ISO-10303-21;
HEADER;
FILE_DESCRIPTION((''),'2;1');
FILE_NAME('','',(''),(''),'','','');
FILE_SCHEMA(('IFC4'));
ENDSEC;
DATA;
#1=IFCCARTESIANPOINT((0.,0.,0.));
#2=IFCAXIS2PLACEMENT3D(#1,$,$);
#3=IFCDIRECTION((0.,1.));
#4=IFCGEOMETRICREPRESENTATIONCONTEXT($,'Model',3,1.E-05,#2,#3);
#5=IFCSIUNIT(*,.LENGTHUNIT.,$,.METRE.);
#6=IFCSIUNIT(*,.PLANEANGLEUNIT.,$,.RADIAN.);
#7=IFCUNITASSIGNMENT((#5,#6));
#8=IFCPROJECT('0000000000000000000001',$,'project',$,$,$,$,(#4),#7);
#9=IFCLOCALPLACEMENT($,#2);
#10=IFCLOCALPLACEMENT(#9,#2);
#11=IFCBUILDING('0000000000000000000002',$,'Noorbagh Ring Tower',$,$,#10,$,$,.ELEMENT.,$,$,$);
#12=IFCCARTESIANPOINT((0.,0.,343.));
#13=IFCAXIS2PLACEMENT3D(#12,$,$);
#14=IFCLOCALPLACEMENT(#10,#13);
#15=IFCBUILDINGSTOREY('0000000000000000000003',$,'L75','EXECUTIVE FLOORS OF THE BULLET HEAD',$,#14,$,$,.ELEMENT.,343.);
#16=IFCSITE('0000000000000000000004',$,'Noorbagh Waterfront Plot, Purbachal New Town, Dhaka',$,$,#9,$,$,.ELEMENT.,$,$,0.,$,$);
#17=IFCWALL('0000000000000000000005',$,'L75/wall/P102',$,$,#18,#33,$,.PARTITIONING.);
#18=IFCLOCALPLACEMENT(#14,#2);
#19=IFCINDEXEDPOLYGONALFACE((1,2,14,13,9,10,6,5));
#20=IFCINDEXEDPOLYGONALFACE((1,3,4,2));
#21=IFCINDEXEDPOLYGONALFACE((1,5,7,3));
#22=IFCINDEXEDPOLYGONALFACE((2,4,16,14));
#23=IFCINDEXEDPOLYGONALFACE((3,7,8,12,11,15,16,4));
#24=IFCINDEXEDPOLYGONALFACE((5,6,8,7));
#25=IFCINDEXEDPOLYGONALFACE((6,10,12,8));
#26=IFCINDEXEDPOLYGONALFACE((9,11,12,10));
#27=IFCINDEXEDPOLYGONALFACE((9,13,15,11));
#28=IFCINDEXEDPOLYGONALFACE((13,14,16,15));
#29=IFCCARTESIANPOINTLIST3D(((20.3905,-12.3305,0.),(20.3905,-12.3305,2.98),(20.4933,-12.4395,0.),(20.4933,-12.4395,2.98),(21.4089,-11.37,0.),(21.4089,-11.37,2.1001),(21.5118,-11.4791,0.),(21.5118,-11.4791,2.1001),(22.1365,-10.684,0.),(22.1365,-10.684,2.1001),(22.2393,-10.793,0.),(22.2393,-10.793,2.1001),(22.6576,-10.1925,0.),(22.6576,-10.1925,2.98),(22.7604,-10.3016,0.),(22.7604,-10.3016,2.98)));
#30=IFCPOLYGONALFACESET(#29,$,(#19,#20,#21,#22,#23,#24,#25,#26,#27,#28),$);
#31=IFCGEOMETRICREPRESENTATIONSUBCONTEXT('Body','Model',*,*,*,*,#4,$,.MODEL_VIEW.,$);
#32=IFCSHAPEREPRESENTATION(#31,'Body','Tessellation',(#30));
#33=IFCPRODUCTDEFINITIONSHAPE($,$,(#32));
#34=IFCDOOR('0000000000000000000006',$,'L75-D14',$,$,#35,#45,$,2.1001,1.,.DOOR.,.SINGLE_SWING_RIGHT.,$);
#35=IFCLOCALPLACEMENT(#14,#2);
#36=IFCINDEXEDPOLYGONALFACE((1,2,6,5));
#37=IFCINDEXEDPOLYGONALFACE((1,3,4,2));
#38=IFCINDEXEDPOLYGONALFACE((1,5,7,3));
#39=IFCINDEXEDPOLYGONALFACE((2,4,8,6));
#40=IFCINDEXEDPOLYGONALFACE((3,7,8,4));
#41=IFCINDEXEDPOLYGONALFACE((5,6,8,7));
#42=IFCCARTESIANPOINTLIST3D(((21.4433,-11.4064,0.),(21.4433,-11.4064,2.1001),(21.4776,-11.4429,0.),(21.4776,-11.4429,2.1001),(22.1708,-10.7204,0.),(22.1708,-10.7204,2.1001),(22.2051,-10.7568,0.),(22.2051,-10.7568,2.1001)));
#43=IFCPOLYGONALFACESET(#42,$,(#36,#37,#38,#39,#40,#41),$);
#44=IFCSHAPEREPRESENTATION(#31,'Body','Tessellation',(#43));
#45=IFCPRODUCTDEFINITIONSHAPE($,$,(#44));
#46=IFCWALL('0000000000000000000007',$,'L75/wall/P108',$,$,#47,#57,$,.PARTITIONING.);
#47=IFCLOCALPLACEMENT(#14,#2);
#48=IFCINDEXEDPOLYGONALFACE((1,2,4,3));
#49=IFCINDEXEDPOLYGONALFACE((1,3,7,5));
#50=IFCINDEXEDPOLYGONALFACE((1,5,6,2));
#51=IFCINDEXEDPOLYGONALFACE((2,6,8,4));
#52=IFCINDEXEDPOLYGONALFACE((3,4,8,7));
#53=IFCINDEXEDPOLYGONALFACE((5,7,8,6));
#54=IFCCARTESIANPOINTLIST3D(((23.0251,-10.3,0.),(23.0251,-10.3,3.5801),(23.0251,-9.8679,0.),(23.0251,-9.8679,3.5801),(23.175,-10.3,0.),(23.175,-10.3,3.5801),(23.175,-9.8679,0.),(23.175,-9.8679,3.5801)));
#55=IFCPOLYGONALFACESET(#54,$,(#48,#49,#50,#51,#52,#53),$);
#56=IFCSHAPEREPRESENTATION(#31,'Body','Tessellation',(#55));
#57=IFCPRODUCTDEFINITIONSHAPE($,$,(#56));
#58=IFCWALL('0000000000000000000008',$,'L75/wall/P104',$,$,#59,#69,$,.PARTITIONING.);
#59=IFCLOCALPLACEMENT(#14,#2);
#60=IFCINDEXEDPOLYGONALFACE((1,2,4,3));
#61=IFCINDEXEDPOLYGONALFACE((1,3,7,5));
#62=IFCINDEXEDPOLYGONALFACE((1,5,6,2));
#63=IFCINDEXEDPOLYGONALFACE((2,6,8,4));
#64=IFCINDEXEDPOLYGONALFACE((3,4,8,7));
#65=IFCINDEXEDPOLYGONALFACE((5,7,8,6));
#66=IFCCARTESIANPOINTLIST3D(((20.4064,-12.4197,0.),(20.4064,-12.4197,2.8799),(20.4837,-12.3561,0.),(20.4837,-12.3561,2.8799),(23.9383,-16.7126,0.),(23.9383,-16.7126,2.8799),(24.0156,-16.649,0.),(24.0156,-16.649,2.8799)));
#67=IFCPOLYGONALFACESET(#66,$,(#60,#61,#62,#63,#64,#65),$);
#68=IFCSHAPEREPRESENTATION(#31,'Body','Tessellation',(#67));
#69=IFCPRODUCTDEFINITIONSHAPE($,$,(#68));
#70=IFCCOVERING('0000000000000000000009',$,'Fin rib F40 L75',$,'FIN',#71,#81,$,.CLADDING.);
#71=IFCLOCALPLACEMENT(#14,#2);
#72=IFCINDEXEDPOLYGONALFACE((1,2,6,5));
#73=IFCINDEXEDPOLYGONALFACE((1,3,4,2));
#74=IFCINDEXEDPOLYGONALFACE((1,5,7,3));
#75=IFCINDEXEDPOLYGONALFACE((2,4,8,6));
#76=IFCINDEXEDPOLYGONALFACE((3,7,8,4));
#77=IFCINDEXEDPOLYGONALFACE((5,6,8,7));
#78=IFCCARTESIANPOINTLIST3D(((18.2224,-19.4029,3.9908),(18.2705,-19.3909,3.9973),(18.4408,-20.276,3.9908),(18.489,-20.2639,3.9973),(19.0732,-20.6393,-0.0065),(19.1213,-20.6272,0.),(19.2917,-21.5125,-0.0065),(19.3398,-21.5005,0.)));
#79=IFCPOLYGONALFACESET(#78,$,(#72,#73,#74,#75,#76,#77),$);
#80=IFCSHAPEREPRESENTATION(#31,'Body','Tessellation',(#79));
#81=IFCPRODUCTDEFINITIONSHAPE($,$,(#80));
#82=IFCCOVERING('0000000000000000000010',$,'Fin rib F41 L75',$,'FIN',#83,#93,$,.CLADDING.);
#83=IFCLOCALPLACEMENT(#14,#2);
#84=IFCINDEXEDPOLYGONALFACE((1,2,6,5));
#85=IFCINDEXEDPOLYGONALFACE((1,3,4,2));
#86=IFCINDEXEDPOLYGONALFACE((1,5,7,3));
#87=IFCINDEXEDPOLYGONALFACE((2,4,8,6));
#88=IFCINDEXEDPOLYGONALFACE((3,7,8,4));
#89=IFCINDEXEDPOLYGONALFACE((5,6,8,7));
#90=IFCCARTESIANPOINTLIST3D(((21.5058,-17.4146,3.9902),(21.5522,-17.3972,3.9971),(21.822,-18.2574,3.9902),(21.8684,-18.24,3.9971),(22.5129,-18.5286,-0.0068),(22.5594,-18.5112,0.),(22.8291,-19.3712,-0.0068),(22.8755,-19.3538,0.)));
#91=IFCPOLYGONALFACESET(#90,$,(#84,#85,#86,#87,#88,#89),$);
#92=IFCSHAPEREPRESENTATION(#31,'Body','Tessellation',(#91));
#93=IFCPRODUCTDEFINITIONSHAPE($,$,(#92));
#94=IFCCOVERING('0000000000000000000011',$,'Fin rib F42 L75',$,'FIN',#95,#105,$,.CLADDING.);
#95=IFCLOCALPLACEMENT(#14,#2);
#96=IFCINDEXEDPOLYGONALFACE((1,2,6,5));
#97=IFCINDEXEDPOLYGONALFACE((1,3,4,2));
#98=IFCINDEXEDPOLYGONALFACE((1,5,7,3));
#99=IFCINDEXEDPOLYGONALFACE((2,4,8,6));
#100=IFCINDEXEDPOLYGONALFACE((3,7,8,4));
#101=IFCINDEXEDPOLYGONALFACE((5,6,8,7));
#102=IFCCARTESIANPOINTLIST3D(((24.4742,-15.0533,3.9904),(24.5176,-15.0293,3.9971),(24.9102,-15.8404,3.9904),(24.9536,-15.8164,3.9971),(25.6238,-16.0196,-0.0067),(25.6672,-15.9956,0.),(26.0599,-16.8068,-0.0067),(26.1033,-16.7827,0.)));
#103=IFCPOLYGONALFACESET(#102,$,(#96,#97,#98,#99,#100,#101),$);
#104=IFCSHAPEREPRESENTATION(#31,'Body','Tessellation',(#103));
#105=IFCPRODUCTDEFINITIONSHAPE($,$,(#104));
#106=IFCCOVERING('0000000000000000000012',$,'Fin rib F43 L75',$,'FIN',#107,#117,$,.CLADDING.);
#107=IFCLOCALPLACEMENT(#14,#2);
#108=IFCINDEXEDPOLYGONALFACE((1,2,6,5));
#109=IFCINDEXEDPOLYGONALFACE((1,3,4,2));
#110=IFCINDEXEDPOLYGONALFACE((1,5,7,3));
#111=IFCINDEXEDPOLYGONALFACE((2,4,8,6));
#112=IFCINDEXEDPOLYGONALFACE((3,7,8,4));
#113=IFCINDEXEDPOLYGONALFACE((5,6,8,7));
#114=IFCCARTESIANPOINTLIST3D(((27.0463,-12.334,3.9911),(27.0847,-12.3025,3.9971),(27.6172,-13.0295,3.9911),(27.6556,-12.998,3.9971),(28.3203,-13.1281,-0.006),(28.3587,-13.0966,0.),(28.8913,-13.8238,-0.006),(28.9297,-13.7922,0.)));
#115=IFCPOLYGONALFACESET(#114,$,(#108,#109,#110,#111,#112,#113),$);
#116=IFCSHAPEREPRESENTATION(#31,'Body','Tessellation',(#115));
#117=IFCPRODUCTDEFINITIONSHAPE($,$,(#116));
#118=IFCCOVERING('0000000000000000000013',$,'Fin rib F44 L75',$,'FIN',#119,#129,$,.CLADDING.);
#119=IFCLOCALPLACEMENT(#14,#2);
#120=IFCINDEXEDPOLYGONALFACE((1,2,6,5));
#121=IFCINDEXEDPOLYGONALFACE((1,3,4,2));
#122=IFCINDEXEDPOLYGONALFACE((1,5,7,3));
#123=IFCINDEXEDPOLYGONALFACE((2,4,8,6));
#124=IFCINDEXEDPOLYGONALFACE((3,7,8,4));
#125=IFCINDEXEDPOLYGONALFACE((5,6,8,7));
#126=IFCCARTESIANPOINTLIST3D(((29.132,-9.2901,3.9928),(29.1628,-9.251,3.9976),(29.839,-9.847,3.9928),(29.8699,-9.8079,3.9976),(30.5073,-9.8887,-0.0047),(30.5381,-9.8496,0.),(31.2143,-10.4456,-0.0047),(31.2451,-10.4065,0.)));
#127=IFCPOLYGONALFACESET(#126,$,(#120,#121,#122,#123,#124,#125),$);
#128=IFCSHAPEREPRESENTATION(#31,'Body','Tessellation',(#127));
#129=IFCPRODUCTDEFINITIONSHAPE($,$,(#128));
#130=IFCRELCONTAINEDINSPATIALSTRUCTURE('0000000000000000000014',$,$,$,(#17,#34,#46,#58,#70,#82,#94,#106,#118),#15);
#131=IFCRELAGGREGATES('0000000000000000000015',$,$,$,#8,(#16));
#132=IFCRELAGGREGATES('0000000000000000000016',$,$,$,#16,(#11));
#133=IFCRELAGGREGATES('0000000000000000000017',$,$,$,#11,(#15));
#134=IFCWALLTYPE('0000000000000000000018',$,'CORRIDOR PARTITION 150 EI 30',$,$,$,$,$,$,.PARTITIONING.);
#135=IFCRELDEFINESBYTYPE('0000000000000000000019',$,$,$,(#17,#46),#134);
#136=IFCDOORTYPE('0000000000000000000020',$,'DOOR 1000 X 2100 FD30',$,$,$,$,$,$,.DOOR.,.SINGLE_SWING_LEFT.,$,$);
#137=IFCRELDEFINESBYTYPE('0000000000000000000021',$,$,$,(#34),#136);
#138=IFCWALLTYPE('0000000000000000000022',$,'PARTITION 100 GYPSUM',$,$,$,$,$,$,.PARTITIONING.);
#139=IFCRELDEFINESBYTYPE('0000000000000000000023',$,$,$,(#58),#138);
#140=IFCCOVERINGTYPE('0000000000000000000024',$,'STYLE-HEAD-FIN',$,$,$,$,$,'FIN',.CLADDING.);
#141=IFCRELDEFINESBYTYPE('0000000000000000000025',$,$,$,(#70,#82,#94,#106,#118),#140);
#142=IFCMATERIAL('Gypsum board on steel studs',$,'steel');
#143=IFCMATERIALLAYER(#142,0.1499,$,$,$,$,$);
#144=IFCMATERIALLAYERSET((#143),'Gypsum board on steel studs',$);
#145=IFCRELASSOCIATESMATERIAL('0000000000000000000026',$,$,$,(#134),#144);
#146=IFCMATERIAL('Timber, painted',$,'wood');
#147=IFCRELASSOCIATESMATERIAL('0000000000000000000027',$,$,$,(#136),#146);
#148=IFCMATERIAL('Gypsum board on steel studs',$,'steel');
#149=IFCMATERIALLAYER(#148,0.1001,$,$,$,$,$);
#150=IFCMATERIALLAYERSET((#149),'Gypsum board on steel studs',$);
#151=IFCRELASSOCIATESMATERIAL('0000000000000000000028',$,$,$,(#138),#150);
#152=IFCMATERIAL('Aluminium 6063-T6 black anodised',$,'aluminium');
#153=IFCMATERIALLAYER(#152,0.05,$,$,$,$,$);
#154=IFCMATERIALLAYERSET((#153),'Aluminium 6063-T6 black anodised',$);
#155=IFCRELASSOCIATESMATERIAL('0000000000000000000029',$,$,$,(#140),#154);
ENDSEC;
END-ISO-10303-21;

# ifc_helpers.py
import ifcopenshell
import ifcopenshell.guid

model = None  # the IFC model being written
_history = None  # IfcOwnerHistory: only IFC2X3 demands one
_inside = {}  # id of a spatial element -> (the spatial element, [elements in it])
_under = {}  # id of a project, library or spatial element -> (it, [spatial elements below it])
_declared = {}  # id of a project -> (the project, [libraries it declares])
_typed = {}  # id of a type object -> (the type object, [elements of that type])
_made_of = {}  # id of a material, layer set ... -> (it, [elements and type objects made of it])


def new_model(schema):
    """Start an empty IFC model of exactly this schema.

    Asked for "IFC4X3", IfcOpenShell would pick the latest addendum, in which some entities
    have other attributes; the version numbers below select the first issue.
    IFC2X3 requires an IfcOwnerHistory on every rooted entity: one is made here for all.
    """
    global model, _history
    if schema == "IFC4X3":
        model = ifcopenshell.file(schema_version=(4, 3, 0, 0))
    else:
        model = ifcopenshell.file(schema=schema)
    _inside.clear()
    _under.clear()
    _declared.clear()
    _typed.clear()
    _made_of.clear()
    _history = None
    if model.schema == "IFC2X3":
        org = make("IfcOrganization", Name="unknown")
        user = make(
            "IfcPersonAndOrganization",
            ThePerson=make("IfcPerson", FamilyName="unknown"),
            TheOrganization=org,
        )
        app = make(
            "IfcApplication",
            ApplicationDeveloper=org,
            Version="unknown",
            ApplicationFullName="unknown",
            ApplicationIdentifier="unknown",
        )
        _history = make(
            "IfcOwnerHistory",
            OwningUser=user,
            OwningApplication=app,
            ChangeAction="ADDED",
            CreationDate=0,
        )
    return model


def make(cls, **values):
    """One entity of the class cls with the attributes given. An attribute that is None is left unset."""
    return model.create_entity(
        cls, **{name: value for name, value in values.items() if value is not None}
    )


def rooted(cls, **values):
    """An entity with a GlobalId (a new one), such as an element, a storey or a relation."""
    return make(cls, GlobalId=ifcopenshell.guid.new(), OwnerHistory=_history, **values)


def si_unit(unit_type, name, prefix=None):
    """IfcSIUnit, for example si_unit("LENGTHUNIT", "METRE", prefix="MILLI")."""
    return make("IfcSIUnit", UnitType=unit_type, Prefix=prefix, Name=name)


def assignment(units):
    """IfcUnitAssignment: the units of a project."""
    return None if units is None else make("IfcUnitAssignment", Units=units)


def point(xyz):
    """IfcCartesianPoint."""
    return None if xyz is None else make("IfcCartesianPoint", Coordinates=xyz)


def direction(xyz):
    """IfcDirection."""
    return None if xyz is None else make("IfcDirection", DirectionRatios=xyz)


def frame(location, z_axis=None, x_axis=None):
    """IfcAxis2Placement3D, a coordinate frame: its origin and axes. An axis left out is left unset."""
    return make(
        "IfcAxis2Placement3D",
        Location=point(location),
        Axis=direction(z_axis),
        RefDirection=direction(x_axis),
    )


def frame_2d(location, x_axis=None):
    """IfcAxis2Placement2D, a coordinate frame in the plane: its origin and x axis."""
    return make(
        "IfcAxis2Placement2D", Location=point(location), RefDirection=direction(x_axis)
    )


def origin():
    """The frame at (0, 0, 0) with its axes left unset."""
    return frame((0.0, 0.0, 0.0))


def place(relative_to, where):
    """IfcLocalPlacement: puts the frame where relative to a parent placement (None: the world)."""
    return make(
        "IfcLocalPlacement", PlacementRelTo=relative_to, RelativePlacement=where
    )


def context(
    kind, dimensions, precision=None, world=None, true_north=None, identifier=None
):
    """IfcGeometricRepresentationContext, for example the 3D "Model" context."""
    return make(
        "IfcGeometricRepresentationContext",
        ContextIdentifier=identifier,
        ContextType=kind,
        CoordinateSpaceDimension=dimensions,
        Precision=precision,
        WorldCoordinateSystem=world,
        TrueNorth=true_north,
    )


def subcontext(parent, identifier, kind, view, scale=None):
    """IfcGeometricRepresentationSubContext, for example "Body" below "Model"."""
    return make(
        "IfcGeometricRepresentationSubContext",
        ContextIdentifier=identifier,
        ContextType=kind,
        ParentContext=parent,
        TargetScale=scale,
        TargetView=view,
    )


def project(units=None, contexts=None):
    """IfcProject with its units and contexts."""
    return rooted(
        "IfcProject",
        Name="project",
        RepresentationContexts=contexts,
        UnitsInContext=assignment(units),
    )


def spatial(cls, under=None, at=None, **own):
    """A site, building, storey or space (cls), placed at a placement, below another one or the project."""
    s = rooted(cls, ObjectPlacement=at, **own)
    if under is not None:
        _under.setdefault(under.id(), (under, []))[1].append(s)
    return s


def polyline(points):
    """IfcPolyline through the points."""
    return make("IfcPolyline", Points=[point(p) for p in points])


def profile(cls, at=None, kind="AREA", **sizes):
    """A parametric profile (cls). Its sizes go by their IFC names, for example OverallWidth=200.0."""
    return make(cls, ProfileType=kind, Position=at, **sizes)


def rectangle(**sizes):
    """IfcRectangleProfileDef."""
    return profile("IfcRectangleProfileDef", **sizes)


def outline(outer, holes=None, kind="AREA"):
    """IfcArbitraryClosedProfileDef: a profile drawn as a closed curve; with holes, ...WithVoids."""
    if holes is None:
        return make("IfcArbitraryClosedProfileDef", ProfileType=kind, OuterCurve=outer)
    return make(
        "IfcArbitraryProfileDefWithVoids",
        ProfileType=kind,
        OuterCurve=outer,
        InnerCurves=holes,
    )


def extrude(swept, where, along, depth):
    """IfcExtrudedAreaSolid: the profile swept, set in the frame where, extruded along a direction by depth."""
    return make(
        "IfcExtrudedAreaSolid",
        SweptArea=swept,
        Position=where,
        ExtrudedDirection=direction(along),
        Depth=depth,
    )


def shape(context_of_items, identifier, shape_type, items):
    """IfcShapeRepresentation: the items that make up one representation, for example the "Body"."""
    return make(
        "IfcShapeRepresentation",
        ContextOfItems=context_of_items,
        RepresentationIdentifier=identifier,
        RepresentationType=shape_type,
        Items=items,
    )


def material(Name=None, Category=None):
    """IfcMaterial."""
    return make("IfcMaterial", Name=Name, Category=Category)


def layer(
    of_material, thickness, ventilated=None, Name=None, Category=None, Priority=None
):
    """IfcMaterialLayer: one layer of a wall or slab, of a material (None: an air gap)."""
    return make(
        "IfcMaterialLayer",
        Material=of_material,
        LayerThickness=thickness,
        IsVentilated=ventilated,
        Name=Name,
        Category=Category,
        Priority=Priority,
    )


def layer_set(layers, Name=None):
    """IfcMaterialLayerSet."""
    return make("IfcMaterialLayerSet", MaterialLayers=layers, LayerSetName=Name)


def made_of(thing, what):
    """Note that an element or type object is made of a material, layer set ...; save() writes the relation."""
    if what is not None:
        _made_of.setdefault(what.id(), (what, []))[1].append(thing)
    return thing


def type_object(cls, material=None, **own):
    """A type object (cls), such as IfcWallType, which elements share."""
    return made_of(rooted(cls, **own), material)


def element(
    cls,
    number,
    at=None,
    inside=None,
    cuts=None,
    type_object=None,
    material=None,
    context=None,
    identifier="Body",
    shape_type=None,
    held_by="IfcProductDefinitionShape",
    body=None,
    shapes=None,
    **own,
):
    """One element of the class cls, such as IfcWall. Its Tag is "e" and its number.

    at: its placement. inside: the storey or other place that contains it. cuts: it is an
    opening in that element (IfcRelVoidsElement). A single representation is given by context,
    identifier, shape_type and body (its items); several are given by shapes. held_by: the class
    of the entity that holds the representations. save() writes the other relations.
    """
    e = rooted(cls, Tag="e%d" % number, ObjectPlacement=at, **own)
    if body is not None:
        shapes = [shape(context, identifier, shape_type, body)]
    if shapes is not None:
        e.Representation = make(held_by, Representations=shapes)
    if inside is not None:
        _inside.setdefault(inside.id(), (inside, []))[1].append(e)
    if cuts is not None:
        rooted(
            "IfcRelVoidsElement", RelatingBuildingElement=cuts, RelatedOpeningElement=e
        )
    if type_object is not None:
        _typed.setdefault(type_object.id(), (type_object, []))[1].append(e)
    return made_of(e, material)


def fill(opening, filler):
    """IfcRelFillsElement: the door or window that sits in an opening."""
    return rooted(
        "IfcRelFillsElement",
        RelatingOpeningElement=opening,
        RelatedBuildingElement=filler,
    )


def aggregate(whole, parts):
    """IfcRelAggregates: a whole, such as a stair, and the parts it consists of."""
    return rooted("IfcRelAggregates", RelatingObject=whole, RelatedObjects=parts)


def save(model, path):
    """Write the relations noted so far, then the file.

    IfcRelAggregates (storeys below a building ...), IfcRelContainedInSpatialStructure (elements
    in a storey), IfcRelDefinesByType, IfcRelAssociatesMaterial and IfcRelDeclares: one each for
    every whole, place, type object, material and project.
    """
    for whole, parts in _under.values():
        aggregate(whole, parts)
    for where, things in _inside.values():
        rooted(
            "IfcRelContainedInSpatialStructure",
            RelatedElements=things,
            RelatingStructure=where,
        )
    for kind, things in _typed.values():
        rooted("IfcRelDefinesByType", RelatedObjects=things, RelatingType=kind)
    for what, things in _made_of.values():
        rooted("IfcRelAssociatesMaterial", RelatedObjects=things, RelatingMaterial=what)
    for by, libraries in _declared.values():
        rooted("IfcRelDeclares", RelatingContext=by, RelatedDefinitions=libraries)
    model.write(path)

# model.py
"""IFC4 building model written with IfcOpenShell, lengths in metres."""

from ifc_helpers import new_model, si_unit, direction, frame, frame_2d, origin, place, context, subcontext, project, spatial, polyline, rectangle, outline, extrude, material, layer, layer_set, type_object, element, fill, save


model = new_model("IFC4")

# Units and contexts
model_context = context("Model", 3, precision=1e-05, world=origin(), true_north=direction((0.0, 1.0)))
body_context = subcontext(model_context, "Body", "Model", "MODEL_VIEW")
ifc_project = project(units=[si_unit("LENGTHUNIT", "METRE"), si_unit("PLANEANGLEUNIT", "RADIAN")], contexts=[model_context])

# Site, building, storey
site_placement = place(None, origin())
site = spatial("IfcSite", under=ifc_project, at=site_placement, Name="Noorbagh Waterfront Plot, Purbachal New Town, Dhaka", CompositionType="ELEMENT", RefElevation=0.0)
building_placement = place(site_placement, origin())
building = spatial("IfcBuilding", under=site, at=building_placement, Name="Noorbagh Ring Tower", CompositionType="ELEMENT")
storey_placement = place(building_placement, frame((0.0, 0.0, 343.0)))
storey = spatial("IfcBuildingStorey", under=building, at=storey_placement, Name="L75", Description="EXECUTIVE FLOORS OF THE BULLET HEAD", CompositionType="ELEMENT", Elevation=343.0)

# Shared definitions
ifc_material_1 = material(Name="Gypsum board on steel studs", Category="steel")
ifc_layer_1 = layer(ifc_material_1, 0.1499)
ifc_layer_set_1 = layer_set([ifc_layer_1], Name="Gypsum board on steel studs")
wall_type_1 = type_object("IfcWallType", Name="CORRIDOR PARTITION 150 EI 30", PredefinedType="PARTITIONING", material=ifc_layer_set_1)

# Wall, opening, door
wall_1_placement = place(storey_placement, frame((20.4419, -12.385, 0.0), z_axis=(0.0, 0.0, 1.0), x_axis=(0.727526, 0.68608, 0.0)))
wall_1 = element("IfcWall", 1, at=wall_1_placement, inside=storey, type_object=wall_type_1, Name="L75/wall/P102", PredefinedType="PARTITIONING", context=body_context, shape_type="SweptSolid", body=[
    extrude(rectangle(XDim=3.1162, YDim=0.1499, at=frame_2d((1.5581, 0.0))), origin(), (0.0, 0.0, 1.0), 2.98),
])
opening_placement = place(wall_1_placement, frame((1.3999, 0.0, 0.0)))
opening = element("IfcOpeningElement", 2, at=opening_placement, cuts=wall_1, PredefinedType="OPENING", context=body_context, shape_type="SweptSolid", body=[
    extrude(rectangle(XDim=1.0, YDim=2.1001, at=frame_2d((0.5, 1.05))), frame((0.0, 0.085, 0.0), z_axis=(0.0, -1.0, 0.0), x_axis=(1.0, 0.0, 0.0)), (0.0, 0.0, 1.0), 0.1699),
])
ifc_material_2 = material(Name="Timber, painted", Category="wood")
door_type = type_object("IfcDoorType", Name="DOOR 1000 X 2100 FD30", OperationType="SINGLE_SWING_LEFT", PredefinedType="DOOR", material=ifc_material_2)
door_placement = place(opening_placement, origin())
door = element("IfcDoor", 3, at=door_placement, inside=storey, type_object=door_type, Name="L75-D14", OperationType="SINGLE_SWING_RIGHT", OverallHeight=2.1001, OverallWidth=1.0, PredefinedType="DOOR", context=body_context, shape_type="SweptSolid", body=[
    extrude(rectangle(XDim=1.0, YDim=2.1001, at=frame_2d((0.5, 1.05))), frame((0.0, 0.0249, 0.0), z_axis=(0.0, -1.0, 0.0), x_axis=(1.0, 0.0, 0.0)), (0.0, 0.0, 1.0), 0.05),
])
fill(opening, door)

# Walls
wall_2_placement = place(storey_placement, frame((23.1001, -10.3, 0.0), z_axis=(0.0, 0.0, 1.0), x_axis=(0.0, 1.0, 0.0)))
element("IfcWall", 4, at=wall_2_placement, inside=storey, type_object=wall_type_1, Name="L75/wall/P108", PredefinedType="PARTITIONING", context=body_context, shape_type="SweptSolid", body=[
    extrude(rectangle(XDim=0.4321, YDim=0.1499, at=frame_2d((0.2161, 0.0))), origin(), (0.0, 0.0, 1.0), 3.5801),
])
ifc_material_3 = material(Name="Gypsum board on steel studs", Category="steel")
ifc_layer_2 = layer(ifc_material_3, 0.1001)
ifc_layer_set_2 = layer_set([ifc_layer_2], Name="Gypsum board on steel studs")
wall_type_2 = type_object("IfcWallType", Name="PARTITION 100 GYPSUM", PredefinedType="PARTITIONING", material=ifc_layer_set_2)
wall_3_placement = place(storey_placement, frame((20.4451, -12.3879, 0.0), z_axis=(0.0, 0.0, 1.0), x_axis=(0.635342, -0.772231, 0.0)))
element("IfcWall", 5, at=wall_3_placement, inside=storey, type_object=wall_type_2, Name="L75/wall/P104", PredefinedType="PARTITIONING", context=body_context, shape_type="SweptSolid", body=[
    extrude(rectangle(XDim=5.5591, YDim=0.1001, at=frame_2d((2.7795, 0.0))), origin(), (0.0, 0.0, 1.0), 2.8799),
])

# Coverings
ifc_material_4 = material(Name="Aluminium 6063-T6 black anodised", Category="aluminium")
ifc_layer_3 = layer(ifc_material_4, 0.05)
ifc_layer_set_3 = layer_set([ifc_layer_3], Name="Aluminium 6063-T6 black anodised")
covering_type_1 = type_object("IfcCoveringType", Name="STYLE-HEAD-FIN", ElementType="FIN", PredefinedType="CLADDING", material=ifc_layer_set_3)
covering_1_placement = place(storey_placement, frame((19.3398, -21.5005, 0.0), z_axis=(0.96182, 0.24069, 0.130273), x_axis=(-0.199272, 0.289604, 0.936173)))
element("IfcCovering", 6, at=covering_1_placement, inside=storey, type_object=covering_type_1, Name="Fin rib F40 L75", ObjectType="FIN", PredefinedType="CLADDING", context=body_context, shape_type="SweptSolid", body=[
    extrude(outline(polyline([(0.0, 0.0), (4.2698, 0.0), (4.5662, -0.8498), (0.2965, -0.85), (0.0, 0.0)])), origin(), (0.0, 0.0, -1.0), 0.05),
])
covering_2_placement = place(storey_placement, frame((22.8755, -19.3538, 0.0), z_axis=(0.927478, 0.347989, 0.136706), x_axis=(-0.235851, 0.260851, 0.936125)))
element("IfcCovering", 7, at=covering_2_placement, inside=storey, type_object=covering_type_1, Name="Fin rib F41 L75", ObjectType="FIN", PredefinedType="CLADDING", context=body_context, shape_type="SweptSolid", body=[
    extrude(outline(polyline([(0.0, 0.0), (4.2698, 0.0), (4.5642, -0.8506), (0.2943, -0.8504), (0.0, 0.0)])), origin(), (0.0, 0.0, -1.0), 0.05),
])
covering_3_placement = place(storey_placement, frame((26.1033, -16.7827, 0.0), z_axis=(0.866945, 0.480262, 0.13325), x_axis=(-0.269247, 0.226307, 0.936104)))
element("IfcCovering", 8, at=covering_3_placement, inside=storey, type_object=covering_type_1, Name="Fin rib F42 L75", ObjectType="FIN", PredefinedType="CLADDING", context=body_context, shape_type="SweptSolid", body=[
    extrude(outline(polyline([(0.0, 0.0), (4.2699, 0.0), (4.5654, -0.8499), (0.2955, -0.8499), (0.0, 0.0)])), origin(), (0.0, 0.0, -1.0), 0.05),
])
covering_4_placement = place(storey_placement, frame((28.9297, -13.7922, 0.0), z_axis=(0.767425, 0.629913, 0.119454), x_axis=(-0.298401, 0.186017, 0.936138)))
element("IfcCovering", 9, at=covering_4_placement, inside=storey, type_object=covering_type_1, Name="Fin rib F43 L75", ObjectType="FIN", PredefinedType="CLADDING", context=body_context, shape_type="SweptSolid", body=[
    extrude(outline(polyline([(0.0, 0.0), (4.2698, 0.0), (4.5695, -0.8484), (0.2998, -0.8485), (0.0, 0.0)])), origin(), (0.0, 0.0, -1.0), 0.05),
])
covering_5_placement = place(storey_placement, frame((31.2451, -10.4065, 0.0), z_axis=(0.615969, 0.782046, 0.094795), x_axis=(-0.322096, 0.140206, 0.936267)))
element("IfcCovering", 10, at=covering_5_placement, inside=storey, type_object=covering_type_1, Name="Fin rib F44 L75", ObjectType="FIN", PredefinedType="CLADDING", context=body_context, shape_type="SweptSolid", body=[
    extrude(outline(polyline([(0.0, 0.0), (4.2697, 0.0), (4.5755, -0.8465), (0.3058, -0.8465), (0.0, 0.0)])), origin(), (0.0, 0.0, -1.0), 0.05),
])

save(model, "model.ifc")
